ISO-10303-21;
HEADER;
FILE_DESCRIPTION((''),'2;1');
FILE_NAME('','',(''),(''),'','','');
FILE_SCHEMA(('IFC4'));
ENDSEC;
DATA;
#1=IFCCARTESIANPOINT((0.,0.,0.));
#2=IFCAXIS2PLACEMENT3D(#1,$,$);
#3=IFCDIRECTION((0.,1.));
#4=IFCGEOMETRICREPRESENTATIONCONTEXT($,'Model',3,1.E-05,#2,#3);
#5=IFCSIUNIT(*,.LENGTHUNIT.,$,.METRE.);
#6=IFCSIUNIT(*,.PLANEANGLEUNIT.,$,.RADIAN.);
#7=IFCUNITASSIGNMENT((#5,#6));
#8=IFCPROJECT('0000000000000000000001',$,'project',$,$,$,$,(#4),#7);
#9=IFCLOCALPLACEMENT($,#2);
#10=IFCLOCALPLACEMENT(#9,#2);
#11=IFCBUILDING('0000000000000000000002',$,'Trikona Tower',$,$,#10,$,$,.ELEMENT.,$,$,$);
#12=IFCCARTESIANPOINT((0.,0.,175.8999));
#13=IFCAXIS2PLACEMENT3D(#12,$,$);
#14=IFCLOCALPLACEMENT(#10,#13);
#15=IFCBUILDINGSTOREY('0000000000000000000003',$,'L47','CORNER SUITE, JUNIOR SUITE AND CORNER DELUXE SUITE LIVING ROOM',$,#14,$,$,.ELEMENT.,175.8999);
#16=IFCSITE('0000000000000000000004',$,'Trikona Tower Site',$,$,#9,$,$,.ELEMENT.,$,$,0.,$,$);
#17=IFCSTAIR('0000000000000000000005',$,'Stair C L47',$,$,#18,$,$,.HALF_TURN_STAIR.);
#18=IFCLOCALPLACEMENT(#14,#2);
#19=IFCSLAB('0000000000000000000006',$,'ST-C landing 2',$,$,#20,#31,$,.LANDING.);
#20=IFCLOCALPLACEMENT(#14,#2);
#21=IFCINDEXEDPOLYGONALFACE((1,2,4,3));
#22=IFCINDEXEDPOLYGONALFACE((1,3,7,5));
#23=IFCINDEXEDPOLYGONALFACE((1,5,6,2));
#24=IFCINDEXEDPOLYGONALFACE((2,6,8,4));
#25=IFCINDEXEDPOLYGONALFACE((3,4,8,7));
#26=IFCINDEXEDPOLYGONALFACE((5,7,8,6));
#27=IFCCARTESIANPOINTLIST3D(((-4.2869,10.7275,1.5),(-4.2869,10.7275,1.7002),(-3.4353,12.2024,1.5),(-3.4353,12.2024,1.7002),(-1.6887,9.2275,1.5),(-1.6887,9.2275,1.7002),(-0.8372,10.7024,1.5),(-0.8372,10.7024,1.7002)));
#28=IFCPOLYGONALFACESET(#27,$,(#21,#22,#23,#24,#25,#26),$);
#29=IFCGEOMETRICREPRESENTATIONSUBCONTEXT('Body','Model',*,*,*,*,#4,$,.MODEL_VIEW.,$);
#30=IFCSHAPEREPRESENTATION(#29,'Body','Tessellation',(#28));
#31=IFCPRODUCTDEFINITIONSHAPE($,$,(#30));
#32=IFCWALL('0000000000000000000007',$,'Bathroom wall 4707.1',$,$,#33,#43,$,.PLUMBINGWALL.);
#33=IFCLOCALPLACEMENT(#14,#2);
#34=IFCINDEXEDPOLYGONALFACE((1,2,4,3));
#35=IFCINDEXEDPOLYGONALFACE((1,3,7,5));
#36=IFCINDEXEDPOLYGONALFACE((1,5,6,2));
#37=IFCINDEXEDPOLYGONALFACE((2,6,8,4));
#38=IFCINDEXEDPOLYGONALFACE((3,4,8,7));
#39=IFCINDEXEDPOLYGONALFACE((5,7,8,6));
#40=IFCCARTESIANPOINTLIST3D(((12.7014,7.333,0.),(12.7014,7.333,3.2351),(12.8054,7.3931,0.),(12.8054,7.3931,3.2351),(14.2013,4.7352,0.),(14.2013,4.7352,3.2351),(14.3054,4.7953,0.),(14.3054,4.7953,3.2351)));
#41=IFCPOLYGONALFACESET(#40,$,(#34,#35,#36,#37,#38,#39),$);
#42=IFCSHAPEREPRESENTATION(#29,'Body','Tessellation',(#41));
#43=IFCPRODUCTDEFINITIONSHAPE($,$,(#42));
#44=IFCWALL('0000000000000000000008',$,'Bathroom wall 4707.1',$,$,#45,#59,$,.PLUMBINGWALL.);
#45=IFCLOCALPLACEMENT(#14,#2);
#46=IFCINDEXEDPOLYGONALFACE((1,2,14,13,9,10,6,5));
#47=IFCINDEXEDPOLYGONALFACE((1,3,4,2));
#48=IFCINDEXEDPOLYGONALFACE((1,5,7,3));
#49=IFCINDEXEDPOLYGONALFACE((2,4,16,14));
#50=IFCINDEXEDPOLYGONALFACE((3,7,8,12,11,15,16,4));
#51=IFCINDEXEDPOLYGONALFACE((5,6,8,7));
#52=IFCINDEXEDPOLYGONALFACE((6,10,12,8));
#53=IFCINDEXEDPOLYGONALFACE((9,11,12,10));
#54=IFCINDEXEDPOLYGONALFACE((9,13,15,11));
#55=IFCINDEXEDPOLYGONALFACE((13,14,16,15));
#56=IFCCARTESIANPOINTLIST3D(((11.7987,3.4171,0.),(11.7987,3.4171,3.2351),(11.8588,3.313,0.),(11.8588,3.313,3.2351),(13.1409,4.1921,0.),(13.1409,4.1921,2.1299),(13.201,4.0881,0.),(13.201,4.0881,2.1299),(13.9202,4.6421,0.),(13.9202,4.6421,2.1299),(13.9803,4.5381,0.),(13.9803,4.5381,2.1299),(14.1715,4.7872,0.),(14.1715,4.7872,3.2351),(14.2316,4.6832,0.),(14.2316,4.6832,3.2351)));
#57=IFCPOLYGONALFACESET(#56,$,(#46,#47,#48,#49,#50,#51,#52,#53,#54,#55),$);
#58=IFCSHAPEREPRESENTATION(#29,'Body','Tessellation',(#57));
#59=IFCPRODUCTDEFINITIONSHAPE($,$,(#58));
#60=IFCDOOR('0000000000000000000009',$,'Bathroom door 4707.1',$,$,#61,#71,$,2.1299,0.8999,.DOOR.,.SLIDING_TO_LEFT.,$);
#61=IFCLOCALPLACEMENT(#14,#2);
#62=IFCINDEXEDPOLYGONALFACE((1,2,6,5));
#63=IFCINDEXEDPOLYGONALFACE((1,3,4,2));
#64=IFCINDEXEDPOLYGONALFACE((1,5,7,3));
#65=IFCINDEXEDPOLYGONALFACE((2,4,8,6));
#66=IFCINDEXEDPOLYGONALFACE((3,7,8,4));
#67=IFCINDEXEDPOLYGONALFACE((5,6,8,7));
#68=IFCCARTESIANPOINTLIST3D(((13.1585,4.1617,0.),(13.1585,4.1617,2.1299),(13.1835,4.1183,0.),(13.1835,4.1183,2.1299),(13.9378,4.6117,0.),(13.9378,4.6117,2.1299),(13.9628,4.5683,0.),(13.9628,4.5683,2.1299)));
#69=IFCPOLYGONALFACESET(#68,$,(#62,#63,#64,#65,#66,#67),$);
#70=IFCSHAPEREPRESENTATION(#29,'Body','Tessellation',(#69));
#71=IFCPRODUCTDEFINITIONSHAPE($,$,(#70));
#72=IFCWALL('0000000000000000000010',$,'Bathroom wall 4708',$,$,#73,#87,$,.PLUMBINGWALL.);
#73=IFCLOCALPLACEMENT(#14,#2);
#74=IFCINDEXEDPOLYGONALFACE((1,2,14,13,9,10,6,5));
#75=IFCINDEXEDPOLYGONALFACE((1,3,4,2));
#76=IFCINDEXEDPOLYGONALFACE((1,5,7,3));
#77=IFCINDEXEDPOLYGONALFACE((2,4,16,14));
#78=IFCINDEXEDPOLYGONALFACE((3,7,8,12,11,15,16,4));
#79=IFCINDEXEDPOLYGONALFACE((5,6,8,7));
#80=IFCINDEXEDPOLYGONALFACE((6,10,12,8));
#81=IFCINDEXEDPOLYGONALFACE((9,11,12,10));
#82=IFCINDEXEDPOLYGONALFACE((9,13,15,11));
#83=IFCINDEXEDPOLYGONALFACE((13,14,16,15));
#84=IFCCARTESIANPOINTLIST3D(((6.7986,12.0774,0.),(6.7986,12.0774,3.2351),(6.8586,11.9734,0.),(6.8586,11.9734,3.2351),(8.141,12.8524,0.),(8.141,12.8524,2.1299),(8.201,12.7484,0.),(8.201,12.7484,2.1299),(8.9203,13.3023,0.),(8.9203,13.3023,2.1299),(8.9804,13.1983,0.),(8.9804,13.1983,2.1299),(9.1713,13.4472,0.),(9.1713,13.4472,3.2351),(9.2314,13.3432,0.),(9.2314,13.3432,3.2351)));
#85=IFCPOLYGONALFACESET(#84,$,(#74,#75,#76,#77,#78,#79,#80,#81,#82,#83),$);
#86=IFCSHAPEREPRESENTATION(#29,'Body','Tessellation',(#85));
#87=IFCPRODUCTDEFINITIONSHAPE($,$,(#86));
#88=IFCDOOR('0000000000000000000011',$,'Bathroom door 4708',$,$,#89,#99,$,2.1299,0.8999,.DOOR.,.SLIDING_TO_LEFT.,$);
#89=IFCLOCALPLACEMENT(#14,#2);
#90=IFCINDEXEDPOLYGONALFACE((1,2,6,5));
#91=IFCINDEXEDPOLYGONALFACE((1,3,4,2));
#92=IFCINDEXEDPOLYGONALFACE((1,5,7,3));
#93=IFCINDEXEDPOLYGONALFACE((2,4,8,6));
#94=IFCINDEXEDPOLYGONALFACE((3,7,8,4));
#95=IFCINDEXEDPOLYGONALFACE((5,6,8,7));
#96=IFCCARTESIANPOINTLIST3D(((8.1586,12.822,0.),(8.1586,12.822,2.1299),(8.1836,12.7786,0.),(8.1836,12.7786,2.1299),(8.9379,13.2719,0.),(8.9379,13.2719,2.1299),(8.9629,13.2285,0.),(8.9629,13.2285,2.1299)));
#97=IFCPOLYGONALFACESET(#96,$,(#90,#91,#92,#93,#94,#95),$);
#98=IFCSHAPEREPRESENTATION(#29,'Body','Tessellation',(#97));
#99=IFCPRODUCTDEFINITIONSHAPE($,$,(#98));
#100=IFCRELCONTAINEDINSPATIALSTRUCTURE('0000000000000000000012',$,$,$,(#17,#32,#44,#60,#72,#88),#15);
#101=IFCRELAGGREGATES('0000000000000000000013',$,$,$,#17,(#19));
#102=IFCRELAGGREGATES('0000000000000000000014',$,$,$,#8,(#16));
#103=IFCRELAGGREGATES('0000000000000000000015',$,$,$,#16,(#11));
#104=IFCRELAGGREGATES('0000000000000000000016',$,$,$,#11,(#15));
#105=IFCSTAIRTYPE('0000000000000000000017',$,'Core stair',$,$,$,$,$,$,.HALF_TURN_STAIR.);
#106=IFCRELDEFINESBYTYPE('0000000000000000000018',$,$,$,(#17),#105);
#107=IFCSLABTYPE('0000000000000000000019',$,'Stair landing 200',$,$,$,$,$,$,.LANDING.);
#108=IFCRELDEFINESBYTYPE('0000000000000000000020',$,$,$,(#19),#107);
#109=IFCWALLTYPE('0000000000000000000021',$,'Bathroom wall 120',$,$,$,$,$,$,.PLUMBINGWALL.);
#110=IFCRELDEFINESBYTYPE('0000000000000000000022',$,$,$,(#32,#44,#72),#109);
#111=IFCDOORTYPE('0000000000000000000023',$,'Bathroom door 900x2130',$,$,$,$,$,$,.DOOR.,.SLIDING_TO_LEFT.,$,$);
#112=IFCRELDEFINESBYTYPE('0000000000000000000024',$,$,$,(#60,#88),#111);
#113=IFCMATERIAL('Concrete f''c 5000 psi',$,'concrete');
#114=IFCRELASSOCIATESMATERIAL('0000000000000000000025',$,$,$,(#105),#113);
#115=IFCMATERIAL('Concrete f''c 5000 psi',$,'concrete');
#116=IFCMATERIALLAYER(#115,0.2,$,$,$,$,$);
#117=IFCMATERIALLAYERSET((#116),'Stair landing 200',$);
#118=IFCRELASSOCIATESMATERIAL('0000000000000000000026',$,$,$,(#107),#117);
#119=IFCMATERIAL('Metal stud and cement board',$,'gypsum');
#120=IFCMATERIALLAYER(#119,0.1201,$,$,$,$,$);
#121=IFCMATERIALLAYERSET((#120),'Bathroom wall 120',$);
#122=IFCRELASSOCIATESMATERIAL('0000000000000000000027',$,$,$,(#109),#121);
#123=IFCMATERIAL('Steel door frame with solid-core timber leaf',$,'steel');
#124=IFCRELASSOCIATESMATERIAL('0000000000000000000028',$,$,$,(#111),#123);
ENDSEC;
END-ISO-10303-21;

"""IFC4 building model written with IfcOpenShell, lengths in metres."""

from ifc_helpers import new_model, si_unit, direction, frame, frame_2d, origin, place, context, subcontext, project, spatial, polyline, rectangle, outline, extrude, material, layer, layer_set, type_object, element, fill, aggregate, save


model = new_model("IFC4")

# Units and contexts
model_context = context("Model", 3, precision=1e-05, world=origin(), true_north=direction((0.0, 1.0)))
body_context = subcontext(model_context, "Body", "Model", "MODEL_VIEW")
ifc_project = project(units=[si_unit("LENGTHUNIT", "METRE"), si_unit("PLANEANGLEUNIT", "RADIAN")], contexts=[model_context])

# Site, building, storey
site_placement = place(None, origin())
site = spatial("IfcSite", under=ifc_project, at=site_placement, Name="Trikona Tower Site", CompositionType="ELEMENT", RefElevation=0.0)
building_placement = place(site_placement, origin())
building = spatial("IfcBuilding", under=site, at=building_placement, Name="Trikona Tower", CompositionType="ELEMENT")
storey_placement = place(building_placement, frame((0.0, 0.0, 175.8999)))
storey = spatial("IfcBuildingStorey", under=building, at=storey_placement, Name="L47", Description="CORNER SUITE, JUNIOR SUITE AND CORNER DELUXE SUITE LIVING ROOM", CompositionType="ELEMENT", Elevation=175.8999)

# Stair, slab
ifc_material_1 = material(Name="Concrete f'c 5000 psi", Category="concrete")
stair_type = type_object("IfcStairType", Name="Core stair", PredefinedType="HALF_TURN_STAIR", material=ifc_material_1)
ifc_material_2 = material(Name="Concrete f'c 5000 psi", Category="concrete")
ifc_layer_1 = layer(ifc_material_2, 0.2)
ifc_layer_set_1 = layer_set([ifc_layer_1], Name="Stair landing 200")
slab_type_1 = type_object("IfcSlabType", Name="Stair landing 200", PredefinedType="LANDING", material=ifc_layer_set_1)
stair_1_placement = place(storey_placement, origin())
stair_1 = element("IfcStair", 1, at=stair_1_placement, inside=storey, type_object=stair_type, Name="Stair C L47", PredefinedType="HALF_TURN_STAIR")
slab_1_placement = place(storey_placement, frame((0.0, 0.0, 1.5)))
slab_1 = element("IfcSlab", 2, at=slab_1_placement, type_object=slab_type_1, Name="ST-C landing 2", PredefinedType="LANDING", context=body_context, shape_type="SweptSolid", body=[
    extrude(outline(polyline([(-0.8372, 10.7024), (-1.6887, 9.2275), (-4.2869, 10.7275), (-3.4353, 12.2024), (-0.8372, 10.7024)])), origin(), (0.0, 0.0, 1.0), 0.2002),
])
aggregate(stair_1, [slab_1])

# Wall
ifc_material_3 = material(Name="Metal stud and cement board", Category="gypsum")
ifc_layer_2 = layer(ifc_material_3, 0.1201)
ifc_layer_set_2 = layer_set([ifc_layer_2], Name="Bathroom wall 120")
wall_type_1 = type_object("IfcWallType", Name="Bathroom wall 120", PredefinedType="PLUMBINGWALL", material=ifc_layer_set_2)
wall_1_placement = place(storey_placement, frame((14.2534, 4.7651, 0.0), z_axis=(0.0, 0.0, 1.0), x_axis=(-0.500025, 0.866011, 0.0)))
element("IfcWall", 3, at=wall_1_placement, inside=storey, type_object=wall_type_1, Name="Bathroom wall 4707.1", PredefinedType="PLUMBINGWALL", context=body_context, shape_type="SweptSolid", body=[
    extrude(rectangle(XDim=2.9998, YDim=0.1201, at=frame_2d((1.5, 0.0))), origin(), (0.0, 0.0, 1.0), 3.2351),
])

# Walls, openings, doors
wall_2_placement = place(storey_placement, frame((11.8286, 3.365, 0.0), z_axis=(0.0, 0.0, 1.0), x_axis=(0.865997, 0.500049, 0.0)))
wall_2 = element("IfcWall", 4, at=wall_2_placement, inside=storey, type_object=wall_type_1, Name="Bathroom wall 4707.1", PredefinedType="PLUMBINGWALL", context=body_context, shape_type="SweptSolid", body=[
    extrude(rectangle(XDim=2.74, YDim=0.1201, at=frame_2d((1.3701, 0.0))), origin(), (0.0, 0.0, 1.0), 3.2351),
])
opening_1_placement = place(wall_2_placement, frame((1.55, 0.0, 0.0)))
opening_1 = element("IfcOpeningElement", 5, at=opening_1_placement, cuts=wall_2, PredefinedType="OPENING", context=body_context, shape_type="SweptSolid", body=[
    extrude(rectangle(XDim=0.8999, YDim=2.1299, at=frame_2d((0.45, 1.0649))), frame((0.0, 0.0701, 0.0), z_axis=(0.0, -1.0, 0.0), x_axis=(1.0, 0.0, 0.0)), (0.0, 0.0, 1.0), 0.1401),
])
ifc_material_4 = material(Name="Steel door frame with solid-core timber leaf", Category="steel")
door_type_1 = type_object("IfcDoorType", Name="Bathroom door 900x2130", OperationType="SLIDING_TO_LEFT", PredefinedType="DOOR", material=ifc_material_4)
door_1_placement = place(opening_1_placement, origin())
door_1 = element("IfcDoor", 6, at=door_1_placement, inside=storey, type_object=door_type_1, Name="Bathroom door 4707.1", OperationType="SLIDING_TO_LEFT", OverallHeight=2.1299, OverallWidth=0.8999, PredefinedType="DOOR", context=body_context, shape_type="SweptSolid", body=[
    extrude(rectangle(XDim=0.8999, YDim=2.1299, at=frame_2d((0.45, 1.0649))), frame((0.0, 0.0249, 0.0), z_axis=(0.0, -1.0, 0.0), x_axis=(1.0, 0.0, 0.0)), (0.0, 0.0, 1.0), 0.05),
])
fill(opening_1, door_1)
wall_3_placement = place(storey_placement, frame((6.8286, 12.0254, 0.0), z_axis=(0.0, 0.0, 1.0), x_axis=(0.866036, 0.499982, 0.0)))
wall_3 = element("IfcWall", 7, at=wall_3_placement, inside=storey, type_object=wall_type_1, Name="Bathroom wall 4708", PredefinedType="PLUMBINGWALL", context=body_context, shape_type="SweptSolid", body=[
    extrude(rectangle(XDim=2.7397, YDim=0.1201, at=frame_2d((1.3699, 0.0))), origin(), (0.0, 0.0, 1.0), 3.2351),
])
opening_2_placement = place(wall_3_placement, frame((1.55, 0.0, 0.0)))
opening_2 = element("IfcOpeningElement", 8, at=opening_2_placement, cuts=wall_3, PredefinedType="OPENING", context=body_context, shape_type="SweptSolid", body=[
    extrude(rectangle(XDim=0.8999, YDim=2.1299, at=frame_2d((0.45, 1.0649))), frame((0.0, 0.0701, 0.0), z_axis=(0.0, -1.0, 0.0), x_axis=(1.0, 0.0, 0.0)), (0.0, 0.0, 1.0), 0.1401),
])
door_2_placement = place(opening_2_placement, origin())
door_2 = element("IfcDoor", 9, at=door_2_placement, inside=storey, type_object=door_type_1, Name="Bathroom door 4708", OperationType="SLIDING_TO_LEFT", OverallHeight=2.1299, OverallWidth=0.8999, PredefinedType="DOOR", context=body_context, shape_type="SweptSolid", body=[
    extrude(rectangle(XDim=0.8999, YDim=2.1299, at=frame_2d((0.45, 1.0649))), frame((0.0, 0.0249, 0.0), z_axis=(0.0, -1.0, 0.0), x_axis=(1.0, 0.0, 0.0)), (0.0, 0.0, 1.0), 0.05),
])
fill(opening_2, door_2)

save(model, "model.ifc")
